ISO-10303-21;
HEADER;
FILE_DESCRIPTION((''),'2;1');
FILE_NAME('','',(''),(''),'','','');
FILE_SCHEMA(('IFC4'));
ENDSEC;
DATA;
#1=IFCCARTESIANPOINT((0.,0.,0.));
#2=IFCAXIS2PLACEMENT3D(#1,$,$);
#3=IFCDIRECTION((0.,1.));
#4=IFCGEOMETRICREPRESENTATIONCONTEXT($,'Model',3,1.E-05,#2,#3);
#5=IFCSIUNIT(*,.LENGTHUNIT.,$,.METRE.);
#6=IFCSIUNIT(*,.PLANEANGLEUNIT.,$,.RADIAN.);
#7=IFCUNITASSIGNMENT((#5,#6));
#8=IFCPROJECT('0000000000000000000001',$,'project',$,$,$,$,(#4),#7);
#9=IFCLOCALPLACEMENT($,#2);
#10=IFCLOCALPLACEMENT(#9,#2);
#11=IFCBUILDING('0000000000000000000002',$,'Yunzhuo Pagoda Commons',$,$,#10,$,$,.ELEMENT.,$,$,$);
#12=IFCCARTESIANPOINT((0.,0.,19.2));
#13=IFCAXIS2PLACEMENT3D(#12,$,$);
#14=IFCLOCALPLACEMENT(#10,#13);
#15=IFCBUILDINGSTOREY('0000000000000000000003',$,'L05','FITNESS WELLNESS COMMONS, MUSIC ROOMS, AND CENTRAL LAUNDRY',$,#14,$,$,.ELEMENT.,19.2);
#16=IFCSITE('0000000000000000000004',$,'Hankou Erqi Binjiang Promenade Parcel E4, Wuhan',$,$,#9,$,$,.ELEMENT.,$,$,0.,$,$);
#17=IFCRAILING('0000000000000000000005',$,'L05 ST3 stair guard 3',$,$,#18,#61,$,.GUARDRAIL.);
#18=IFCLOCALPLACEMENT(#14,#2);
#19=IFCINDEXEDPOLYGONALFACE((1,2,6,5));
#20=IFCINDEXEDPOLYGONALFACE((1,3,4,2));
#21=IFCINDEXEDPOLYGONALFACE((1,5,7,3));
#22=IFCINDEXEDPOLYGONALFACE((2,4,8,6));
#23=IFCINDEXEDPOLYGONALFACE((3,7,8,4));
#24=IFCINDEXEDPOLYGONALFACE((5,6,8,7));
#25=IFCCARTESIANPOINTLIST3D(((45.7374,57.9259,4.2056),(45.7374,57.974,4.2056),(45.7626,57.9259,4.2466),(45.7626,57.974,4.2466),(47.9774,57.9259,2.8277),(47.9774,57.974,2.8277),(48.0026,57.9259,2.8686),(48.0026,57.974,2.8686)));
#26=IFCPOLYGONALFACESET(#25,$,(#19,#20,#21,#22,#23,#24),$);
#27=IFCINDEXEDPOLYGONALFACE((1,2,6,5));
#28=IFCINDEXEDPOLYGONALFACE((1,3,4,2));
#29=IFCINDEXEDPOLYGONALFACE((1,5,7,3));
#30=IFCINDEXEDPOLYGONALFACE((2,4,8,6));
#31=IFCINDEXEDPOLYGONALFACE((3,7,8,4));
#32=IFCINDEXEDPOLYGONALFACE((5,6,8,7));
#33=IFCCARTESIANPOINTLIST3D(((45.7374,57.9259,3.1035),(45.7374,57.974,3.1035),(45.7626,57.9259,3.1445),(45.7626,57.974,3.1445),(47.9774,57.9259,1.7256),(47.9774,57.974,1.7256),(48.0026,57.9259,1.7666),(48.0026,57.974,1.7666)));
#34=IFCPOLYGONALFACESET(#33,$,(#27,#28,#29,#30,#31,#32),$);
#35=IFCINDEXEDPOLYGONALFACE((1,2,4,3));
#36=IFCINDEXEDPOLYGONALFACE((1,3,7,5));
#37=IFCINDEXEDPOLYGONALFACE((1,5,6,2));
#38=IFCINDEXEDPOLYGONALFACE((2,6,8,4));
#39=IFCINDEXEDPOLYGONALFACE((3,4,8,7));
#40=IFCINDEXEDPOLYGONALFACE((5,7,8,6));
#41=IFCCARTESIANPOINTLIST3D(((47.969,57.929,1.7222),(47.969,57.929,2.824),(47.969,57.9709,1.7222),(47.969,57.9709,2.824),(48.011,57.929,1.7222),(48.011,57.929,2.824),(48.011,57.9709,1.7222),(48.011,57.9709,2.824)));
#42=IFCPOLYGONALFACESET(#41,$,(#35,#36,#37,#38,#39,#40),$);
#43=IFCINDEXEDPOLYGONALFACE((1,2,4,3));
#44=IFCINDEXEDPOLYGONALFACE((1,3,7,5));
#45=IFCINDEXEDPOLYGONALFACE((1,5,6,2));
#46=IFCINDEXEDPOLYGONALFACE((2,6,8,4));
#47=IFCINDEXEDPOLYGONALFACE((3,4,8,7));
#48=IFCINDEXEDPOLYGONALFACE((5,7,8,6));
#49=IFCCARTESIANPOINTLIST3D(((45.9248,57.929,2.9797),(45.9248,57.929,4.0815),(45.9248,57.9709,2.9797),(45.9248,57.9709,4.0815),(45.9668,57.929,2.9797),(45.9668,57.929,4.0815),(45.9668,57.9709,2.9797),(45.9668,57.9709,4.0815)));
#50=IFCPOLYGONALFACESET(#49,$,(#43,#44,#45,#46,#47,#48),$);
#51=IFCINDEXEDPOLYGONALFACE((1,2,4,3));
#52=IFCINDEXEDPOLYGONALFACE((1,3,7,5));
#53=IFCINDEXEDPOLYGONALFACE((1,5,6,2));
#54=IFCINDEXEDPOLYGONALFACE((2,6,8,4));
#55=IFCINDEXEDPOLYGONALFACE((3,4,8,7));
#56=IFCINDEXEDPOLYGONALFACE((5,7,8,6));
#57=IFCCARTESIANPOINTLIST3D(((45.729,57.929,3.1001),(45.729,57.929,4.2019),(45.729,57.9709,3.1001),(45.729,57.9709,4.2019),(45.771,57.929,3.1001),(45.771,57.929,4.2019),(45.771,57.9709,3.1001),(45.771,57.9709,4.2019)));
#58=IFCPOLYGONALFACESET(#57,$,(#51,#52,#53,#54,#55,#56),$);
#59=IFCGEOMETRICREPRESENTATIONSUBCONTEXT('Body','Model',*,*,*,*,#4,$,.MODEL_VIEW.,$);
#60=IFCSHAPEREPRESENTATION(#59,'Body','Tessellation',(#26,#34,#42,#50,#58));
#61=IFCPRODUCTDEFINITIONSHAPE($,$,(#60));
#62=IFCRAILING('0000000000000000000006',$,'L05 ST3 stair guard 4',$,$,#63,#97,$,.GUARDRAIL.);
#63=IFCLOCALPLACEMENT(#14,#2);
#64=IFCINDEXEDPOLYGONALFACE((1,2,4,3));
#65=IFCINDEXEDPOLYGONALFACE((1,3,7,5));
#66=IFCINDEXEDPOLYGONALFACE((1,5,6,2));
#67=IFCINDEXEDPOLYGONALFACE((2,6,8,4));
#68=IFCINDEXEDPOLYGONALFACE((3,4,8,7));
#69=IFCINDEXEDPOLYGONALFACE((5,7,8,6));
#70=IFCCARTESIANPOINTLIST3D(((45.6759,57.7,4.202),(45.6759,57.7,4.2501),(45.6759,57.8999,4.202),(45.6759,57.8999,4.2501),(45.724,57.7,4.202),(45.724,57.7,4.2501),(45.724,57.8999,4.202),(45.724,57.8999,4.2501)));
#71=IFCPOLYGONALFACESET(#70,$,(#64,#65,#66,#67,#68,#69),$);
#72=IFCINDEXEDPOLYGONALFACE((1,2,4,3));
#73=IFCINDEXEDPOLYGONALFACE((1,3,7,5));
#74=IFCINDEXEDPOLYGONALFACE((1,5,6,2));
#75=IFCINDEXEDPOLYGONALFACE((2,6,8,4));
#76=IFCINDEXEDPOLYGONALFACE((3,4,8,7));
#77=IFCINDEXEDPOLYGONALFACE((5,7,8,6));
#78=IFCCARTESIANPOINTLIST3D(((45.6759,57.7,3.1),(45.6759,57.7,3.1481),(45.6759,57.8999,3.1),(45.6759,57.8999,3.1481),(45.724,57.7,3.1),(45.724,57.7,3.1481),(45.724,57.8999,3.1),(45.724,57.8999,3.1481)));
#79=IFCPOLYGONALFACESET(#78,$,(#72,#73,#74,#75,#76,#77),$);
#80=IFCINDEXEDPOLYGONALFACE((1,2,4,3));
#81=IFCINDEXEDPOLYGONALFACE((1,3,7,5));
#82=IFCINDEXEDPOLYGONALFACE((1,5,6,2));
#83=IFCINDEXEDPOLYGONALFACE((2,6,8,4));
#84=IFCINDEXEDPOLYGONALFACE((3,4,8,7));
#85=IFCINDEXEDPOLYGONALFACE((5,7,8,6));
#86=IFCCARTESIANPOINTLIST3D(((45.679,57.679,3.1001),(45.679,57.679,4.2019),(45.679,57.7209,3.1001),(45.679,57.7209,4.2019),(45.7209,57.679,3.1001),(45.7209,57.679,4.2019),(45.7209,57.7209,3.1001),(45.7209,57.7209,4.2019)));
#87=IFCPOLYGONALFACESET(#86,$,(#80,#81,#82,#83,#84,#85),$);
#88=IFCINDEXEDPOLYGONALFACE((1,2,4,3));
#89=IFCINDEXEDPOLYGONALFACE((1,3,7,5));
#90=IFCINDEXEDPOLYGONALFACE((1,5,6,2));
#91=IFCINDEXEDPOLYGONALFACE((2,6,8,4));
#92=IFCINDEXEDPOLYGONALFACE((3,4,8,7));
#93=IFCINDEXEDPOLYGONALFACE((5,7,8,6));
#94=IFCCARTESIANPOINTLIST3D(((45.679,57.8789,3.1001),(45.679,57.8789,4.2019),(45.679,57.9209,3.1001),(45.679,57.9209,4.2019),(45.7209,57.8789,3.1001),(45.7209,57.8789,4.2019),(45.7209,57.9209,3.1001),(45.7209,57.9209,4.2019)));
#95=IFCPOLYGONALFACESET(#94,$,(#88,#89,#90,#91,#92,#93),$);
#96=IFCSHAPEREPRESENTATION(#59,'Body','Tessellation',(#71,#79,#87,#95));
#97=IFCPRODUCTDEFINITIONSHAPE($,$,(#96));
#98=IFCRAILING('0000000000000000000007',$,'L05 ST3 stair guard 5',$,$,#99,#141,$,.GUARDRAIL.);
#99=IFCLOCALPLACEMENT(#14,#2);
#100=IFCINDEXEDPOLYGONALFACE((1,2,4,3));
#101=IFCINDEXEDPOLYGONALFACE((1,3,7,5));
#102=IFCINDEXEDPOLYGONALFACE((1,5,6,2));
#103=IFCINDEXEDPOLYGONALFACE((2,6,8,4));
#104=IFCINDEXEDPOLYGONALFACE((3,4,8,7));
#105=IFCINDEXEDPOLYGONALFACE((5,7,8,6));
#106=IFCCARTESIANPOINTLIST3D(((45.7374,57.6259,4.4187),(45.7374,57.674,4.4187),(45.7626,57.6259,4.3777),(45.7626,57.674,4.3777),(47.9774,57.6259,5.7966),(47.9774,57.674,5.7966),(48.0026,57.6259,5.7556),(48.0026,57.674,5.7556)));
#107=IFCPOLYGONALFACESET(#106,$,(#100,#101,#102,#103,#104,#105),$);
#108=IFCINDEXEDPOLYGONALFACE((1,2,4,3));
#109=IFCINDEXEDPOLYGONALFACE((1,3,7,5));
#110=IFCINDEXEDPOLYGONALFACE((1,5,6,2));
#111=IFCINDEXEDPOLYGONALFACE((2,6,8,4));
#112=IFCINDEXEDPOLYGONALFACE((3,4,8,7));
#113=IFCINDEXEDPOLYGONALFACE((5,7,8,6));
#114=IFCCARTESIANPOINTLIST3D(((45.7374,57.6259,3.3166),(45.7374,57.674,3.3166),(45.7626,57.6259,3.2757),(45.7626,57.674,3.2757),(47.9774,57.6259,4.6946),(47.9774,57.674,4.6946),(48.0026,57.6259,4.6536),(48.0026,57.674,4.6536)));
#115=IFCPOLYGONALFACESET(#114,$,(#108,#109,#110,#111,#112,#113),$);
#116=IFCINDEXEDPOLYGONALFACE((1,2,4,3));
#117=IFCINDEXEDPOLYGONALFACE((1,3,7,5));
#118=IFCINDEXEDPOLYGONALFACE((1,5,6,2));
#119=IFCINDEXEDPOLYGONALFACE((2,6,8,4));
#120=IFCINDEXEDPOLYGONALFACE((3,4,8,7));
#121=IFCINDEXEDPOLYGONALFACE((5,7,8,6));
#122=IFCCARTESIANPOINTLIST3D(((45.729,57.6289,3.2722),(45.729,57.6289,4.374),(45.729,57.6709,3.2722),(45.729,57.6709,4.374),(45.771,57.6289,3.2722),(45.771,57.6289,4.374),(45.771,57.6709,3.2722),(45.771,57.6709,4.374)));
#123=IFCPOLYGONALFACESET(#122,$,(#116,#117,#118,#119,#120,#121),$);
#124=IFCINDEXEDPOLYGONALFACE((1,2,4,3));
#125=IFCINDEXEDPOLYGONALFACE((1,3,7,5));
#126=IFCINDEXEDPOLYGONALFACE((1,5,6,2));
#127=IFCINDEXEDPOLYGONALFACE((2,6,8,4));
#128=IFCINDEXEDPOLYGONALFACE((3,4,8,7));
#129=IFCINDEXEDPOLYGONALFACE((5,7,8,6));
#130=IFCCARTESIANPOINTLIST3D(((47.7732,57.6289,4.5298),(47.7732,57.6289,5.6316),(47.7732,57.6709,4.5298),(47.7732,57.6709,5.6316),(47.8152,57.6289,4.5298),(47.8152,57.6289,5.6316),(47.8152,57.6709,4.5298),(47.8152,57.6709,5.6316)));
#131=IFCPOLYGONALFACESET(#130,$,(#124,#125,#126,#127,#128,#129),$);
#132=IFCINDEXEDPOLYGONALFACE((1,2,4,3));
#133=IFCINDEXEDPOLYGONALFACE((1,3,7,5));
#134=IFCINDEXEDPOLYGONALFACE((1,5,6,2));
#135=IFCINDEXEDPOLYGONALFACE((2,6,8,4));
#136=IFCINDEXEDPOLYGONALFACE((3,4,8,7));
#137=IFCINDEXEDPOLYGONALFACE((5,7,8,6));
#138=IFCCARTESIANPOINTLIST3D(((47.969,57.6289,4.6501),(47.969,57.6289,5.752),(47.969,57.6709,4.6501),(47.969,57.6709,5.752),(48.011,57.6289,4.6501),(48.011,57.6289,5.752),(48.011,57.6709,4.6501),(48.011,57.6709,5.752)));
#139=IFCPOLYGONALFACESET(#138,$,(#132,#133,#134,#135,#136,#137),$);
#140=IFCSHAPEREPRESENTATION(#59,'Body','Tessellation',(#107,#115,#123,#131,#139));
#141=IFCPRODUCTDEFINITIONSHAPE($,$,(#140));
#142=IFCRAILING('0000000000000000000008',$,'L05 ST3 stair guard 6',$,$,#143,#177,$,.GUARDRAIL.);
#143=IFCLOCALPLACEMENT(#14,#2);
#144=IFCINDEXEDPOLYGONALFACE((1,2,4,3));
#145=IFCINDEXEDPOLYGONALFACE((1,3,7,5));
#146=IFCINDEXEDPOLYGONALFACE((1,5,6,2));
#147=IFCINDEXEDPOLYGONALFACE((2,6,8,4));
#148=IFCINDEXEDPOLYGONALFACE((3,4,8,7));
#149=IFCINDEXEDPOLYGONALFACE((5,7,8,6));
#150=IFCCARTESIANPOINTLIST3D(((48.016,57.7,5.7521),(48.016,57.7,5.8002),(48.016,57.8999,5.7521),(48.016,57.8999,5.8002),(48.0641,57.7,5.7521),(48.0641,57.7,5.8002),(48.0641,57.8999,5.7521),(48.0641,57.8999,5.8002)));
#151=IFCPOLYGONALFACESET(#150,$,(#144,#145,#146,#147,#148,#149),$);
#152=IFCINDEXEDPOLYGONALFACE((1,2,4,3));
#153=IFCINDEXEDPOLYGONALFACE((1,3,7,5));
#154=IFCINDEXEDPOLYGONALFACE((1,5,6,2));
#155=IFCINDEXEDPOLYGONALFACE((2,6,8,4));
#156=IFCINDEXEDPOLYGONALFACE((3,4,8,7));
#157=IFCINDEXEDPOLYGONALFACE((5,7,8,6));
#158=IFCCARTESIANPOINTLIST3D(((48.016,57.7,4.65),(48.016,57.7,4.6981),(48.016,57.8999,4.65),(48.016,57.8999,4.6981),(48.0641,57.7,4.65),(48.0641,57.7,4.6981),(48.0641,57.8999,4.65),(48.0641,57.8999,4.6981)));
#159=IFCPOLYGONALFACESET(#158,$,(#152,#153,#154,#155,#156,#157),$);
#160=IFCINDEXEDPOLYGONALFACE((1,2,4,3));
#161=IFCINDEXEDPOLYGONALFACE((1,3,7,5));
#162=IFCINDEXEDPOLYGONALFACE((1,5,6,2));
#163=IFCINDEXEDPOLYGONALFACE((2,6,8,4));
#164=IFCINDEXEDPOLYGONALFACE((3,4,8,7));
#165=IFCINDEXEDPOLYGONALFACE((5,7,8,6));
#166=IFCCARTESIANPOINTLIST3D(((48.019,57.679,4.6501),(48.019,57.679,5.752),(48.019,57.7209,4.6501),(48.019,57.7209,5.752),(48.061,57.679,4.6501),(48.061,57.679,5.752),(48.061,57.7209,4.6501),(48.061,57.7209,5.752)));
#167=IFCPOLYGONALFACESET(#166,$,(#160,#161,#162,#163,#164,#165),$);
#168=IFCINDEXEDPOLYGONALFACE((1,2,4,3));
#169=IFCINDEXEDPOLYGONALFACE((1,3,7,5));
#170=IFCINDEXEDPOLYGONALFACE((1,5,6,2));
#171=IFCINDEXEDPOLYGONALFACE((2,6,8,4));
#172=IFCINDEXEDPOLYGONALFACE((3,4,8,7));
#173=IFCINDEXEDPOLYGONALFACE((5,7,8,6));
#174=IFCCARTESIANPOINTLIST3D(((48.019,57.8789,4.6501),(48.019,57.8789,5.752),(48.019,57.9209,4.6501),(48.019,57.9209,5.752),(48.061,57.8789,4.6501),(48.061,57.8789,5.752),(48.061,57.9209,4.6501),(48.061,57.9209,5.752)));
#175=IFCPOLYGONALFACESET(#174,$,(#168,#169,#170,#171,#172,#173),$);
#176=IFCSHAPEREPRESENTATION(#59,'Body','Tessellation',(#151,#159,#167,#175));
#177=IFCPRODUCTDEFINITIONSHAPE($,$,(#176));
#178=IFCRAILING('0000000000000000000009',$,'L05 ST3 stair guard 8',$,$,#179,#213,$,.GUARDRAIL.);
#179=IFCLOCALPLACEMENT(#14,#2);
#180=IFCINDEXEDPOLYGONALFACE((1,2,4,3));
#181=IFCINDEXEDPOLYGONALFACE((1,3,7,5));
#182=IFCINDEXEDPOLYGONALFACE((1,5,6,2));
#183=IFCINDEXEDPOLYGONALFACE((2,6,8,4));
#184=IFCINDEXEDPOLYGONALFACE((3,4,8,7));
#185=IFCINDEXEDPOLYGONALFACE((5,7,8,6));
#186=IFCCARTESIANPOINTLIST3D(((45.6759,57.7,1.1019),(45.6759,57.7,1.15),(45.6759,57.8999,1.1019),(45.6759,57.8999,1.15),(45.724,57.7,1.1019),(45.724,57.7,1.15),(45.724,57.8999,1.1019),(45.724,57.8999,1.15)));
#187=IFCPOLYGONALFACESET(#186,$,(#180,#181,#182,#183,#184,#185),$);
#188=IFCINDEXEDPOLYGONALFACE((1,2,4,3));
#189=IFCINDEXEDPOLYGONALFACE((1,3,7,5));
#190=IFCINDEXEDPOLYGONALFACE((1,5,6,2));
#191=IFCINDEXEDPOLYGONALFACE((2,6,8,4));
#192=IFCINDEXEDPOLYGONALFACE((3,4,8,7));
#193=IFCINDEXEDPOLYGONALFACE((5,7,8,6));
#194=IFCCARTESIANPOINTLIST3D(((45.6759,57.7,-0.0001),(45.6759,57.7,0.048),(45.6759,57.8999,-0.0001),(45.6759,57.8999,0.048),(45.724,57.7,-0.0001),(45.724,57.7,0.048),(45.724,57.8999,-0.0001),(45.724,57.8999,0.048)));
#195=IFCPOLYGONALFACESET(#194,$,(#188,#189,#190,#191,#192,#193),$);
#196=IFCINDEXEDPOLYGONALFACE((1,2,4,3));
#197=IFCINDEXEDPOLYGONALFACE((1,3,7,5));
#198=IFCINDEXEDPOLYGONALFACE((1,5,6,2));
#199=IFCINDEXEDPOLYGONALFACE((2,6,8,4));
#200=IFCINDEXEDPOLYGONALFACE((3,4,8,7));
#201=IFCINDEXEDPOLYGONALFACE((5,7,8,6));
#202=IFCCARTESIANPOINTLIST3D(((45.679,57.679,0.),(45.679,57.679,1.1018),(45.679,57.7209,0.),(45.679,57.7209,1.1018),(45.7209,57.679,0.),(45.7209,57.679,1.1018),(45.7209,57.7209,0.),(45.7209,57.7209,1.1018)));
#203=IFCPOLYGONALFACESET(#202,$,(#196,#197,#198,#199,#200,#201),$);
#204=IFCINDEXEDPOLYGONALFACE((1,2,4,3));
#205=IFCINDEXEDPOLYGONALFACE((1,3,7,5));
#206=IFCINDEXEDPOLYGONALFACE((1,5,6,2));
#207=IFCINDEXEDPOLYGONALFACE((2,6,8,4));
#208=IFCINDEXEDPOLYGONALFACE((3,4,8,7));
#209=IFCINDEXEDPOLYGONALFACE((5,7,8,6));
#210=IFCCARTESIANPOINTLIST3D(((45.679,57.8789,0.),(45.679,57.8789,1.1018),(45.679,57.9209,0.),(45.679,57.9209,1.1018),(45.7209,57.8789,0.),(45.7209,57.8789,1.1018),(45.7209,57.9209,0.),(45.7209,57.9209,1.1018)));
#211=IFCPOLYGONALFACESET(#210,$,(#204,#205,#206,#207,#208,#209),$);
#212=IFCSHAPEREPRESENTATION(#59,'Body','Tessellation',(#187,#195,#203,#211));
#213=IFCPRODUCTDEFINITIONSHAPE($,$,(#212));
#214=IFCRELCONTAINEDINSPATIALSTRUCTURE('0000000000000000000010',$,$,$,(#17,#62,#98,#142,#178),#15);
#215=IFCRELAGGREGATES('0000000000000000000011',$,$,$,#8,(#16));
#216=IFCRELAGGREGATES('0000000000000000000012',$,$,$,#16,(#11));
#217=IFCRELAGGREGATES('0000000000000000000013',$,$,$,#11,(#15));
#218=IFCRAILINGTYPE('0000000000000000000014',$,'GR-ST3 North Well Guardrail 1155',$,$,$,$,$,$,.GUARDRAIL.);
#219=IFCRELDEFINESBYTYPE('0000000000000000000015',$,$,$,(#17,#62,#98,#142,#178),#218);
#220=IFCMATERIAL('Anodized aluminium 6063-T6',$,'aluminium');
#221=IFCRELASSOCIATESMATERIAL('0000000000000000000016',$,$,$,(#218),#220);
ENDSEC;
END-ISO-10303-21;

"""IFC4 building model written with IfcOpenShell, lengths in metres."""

from ifc_helpers import new_model, si_unit, direction, frame, origin, origin_2d, place, context, subcontext, project, spatial, rectangle, extrude, material, type_object, element, save


model = new_model("IFC4")

# Units and contexts
model_context = context("Model", 3, precision=1e-05, world=origin(), true_north=direction((0.0, 1.0)))
body_context = subcontext(model_context, "Body", "Model", "MODEL_VIEW")
ifc_project = project(units=[si_unit("LENGTHUNIT", "METRE"), si_unit("PLANEANGLEUNIT", "RADIAN")], contexts=[model_context])

# Site, building, storey
site_placement = place(None, origin())
site = spatial("IfcSite", under=ifc_project, at=site_placement, Name="Hankou Erqi Binjiang Promenade Parcel E4, Wuhan", CompositionType="ELEMENT", RefElevation=0.0)
building_placement = place(site_placement, origin())
building = spatial("IfcBuilding", under=site, at=building_placement, Name="Yunzhuo Pagoda Commons", CompositionType="ELEMENT")
storey_placement = place(building_placement, frame((0.0, 0.0, 19.2)))
storey = spatial("IfcBuildingStorey", under=building, at=storey_placement, Name="L05", Description="FITNESS WELLNESS COMMONS, MUSIC ROOMS, AND CENTRAL LAUNDRY", CompositionType="ELEMENT", Elevation=19.2)

# Railings
ifc_material_1 = material(Name="Anodized aluminium 6063-T6", Category="aluminium")
railing_type_1 = type_object("IfcRailingType", Name="GR-ST3 North Well Guardrail 1155", PredefinedType="GUARDRAIL", material=ifc_material_1)
railing_1_placement = place(storey_placement, frame((47.99, 57.95, 1.7222)))
element("IfcRailing", 1, at=railing_1_placement, inside=storey, type_object=railing_type_1, Name="L05 ST3 stair guard 3", PredefinedType="GUARDRAIL", context=body_context, shape_type="SweptSolid", body=[
    extrude(rectangle(XDim=0.0481, YDim=0.0481, at=origin_2d()), frame((0.0, 0.0, 1.126), z_axis=(-0.851748, 0.0, 0.523952), x_axis=(0.0, -1.0, 0.0)), (0.0, 0.0, 1.0), 2.6299),
    extrude(rectangle(XDim=0.0481, YDim=0.0481, at=origin_2d()), frame((0.0, 0.0, 0.0239), z_axis=(-0.851748, 0.0, 0.523952), x_axis=(0.0, -1.0, 0.0)), (0.0, 0.0, 1.0), 2.6299),
    extrude(rectangle(XDim=0.042, YDim=0.042, at=origin_2d()), origin(), (0.0, 0.0, 1.0), 1.1018),
    extrude(rectangle(XDim=0.042, YDim=0.042, at=origin_2d()), frame((-2.0442, 0.0, 1.2576)), (0.0, 0.0, 1.0), 1.1018),
    extrude(rectangle(XDim=0.042, YDim=0.042, at=origin_2d()), frame((-2.24, 0.0, 1.3779)), (0.0, 0.0, 1.0), 1.1018),
])
railing_2_placement = place(storey_placement, frame((45.7, 57.7, 3.1001)))
element("IfcRailing", 2, at=railing_2_placement, inside=storey, type_object=railing_type_1, Name="L05 ST3 stair guard 4", PredefinedType="GUARDRAIL", context=body_context, shape_type="SweptSolid", body=[
    extrude(rectangle(XDim=0.0481, YDim=0.0481, at=origin_2d()), frame((0.0, 0.0, 1.126), z_axis=(0.0, 1.0, 0.0), x_axis=(-1.0, 0.0, 0.0)), (0.0, 0.0, 1.0), 0.2),
    extrude(rectangle(XDim=0.0481, YDim=0.0481, at=origin_2d()), frame((0.0, 0.0, 0.0239), z_axis=(0.0, 1.0, 0.0), x_axis=(-1.0, 0.0, 0.0)), (0.0, 0.0, 1.0), 0.2),
    extrude(rectangle(XDim=0.042, YDim=0.042, at=origin_2d()), origin(), (0.0, 0.0, 1.0), 1.1018),
    extrude(rectangle(XDim=0.042, YDim=0.042, at=origin_2d()), frame((0.0, 0.2, 0.0)), (0.0, 0.0, 1.0), 1.1018),
])
railing_3_placement = place(storey_placement, frame((45.75, 57.6499, 3.2722)))
element("IfcRailing", 3, at=railing_3_placement, inside=storey, type_object=railing_type_1, Name="L05 ST3 stair guard 5", PredefinedType="GUARDRAIL", context=body_context, shape_type="SweptSolid", body=[
    extrude(rectangle(XDim=0.0481, YDim=0.0481, at=origin_2d()), frame((0.0, 0.0, 1.126), z_axis=(0.851748, 0.0, 0.523952), x_axis=(0.0, 1.0, 0.0)), (0.0, 0.0, 1.0), 2.6299),
    extrude(rectangle(XDim=0.0481, YDim=0.0481, at=origin_2d()), frame((0.0, 0.0, 0.0239), z_axis=(0.851748, 0.0, 0.523952), x_axis=(0.0, 1.0, 0.0)), (0.0, 0.0, 1.0), 2.6299),
    extrude(rectangle(XDim=0.042, YDim=0.042, at=origin_2d()), origin(), (0.0, 0.0, 1.0), 1.1018),
    extrude(rectangle(XDim=0.042, YDim=0.042, at=origin_2d()), frame((2.0442, 0.0, 1.2576)), (0.0, 0.0, 1.0), 1.1018),
    extrude(rectangle(XDim=0.042, YDim=0.042, at=origin_2d()), frame((2.24, 0.0, 1.3779)), (0.0, 0.0, 1.0), 1.1018),
])
for number, where, name in (
    (4, (48.04, 57.7, 4.6501), "L05 ST3 stair guard 6"),
    (5, (45.7, 57.7, 0.0), "L05 ST3 stair guard 8"),
):
    element("IfcRailing", number, at=place(storey_placement, frame(where)), inside=storey, type_object=railing_type_1, Name=name, PredefinedType="GUARDRAIL", context=body_context, shape_type="SweptSolid", body=[
        extrude(rectangle(XDim=0.0481, YDim=0.0481, at=origin_2d()), frame((0.0, 0.0, 1.126), z_axis=(0.0, 1.0, 0.0), x_axis=(-1.0, 0.0, 0.0)), (0.0, 0.0, 1.0), 0.2),
        extrude(rectangle(XDim=0.0481, YDim=0.0481, at=origin_2d()), frame((0.0, 0.0, 0.0239), z_axis=(0.0, 1.0, 0.0), x_axis=(-1.0, 0.0, 0.0)), (0.0, 0.0, 1.0), 0.2),
        extrude(rectangle(XDim=0.042, YDim=0.042, at=origin_2d()), origin(), (0.0, 0.0, 1.0), 1.1018),
        extrude(rectangle(XDim=0.042, YDim=0.042, at=origin_2d()), frame((0.0, 0.2, 0.0)), (0.0, 0.0, 1.0), 1.1018),
    ])

save(model, "model.ifc")
